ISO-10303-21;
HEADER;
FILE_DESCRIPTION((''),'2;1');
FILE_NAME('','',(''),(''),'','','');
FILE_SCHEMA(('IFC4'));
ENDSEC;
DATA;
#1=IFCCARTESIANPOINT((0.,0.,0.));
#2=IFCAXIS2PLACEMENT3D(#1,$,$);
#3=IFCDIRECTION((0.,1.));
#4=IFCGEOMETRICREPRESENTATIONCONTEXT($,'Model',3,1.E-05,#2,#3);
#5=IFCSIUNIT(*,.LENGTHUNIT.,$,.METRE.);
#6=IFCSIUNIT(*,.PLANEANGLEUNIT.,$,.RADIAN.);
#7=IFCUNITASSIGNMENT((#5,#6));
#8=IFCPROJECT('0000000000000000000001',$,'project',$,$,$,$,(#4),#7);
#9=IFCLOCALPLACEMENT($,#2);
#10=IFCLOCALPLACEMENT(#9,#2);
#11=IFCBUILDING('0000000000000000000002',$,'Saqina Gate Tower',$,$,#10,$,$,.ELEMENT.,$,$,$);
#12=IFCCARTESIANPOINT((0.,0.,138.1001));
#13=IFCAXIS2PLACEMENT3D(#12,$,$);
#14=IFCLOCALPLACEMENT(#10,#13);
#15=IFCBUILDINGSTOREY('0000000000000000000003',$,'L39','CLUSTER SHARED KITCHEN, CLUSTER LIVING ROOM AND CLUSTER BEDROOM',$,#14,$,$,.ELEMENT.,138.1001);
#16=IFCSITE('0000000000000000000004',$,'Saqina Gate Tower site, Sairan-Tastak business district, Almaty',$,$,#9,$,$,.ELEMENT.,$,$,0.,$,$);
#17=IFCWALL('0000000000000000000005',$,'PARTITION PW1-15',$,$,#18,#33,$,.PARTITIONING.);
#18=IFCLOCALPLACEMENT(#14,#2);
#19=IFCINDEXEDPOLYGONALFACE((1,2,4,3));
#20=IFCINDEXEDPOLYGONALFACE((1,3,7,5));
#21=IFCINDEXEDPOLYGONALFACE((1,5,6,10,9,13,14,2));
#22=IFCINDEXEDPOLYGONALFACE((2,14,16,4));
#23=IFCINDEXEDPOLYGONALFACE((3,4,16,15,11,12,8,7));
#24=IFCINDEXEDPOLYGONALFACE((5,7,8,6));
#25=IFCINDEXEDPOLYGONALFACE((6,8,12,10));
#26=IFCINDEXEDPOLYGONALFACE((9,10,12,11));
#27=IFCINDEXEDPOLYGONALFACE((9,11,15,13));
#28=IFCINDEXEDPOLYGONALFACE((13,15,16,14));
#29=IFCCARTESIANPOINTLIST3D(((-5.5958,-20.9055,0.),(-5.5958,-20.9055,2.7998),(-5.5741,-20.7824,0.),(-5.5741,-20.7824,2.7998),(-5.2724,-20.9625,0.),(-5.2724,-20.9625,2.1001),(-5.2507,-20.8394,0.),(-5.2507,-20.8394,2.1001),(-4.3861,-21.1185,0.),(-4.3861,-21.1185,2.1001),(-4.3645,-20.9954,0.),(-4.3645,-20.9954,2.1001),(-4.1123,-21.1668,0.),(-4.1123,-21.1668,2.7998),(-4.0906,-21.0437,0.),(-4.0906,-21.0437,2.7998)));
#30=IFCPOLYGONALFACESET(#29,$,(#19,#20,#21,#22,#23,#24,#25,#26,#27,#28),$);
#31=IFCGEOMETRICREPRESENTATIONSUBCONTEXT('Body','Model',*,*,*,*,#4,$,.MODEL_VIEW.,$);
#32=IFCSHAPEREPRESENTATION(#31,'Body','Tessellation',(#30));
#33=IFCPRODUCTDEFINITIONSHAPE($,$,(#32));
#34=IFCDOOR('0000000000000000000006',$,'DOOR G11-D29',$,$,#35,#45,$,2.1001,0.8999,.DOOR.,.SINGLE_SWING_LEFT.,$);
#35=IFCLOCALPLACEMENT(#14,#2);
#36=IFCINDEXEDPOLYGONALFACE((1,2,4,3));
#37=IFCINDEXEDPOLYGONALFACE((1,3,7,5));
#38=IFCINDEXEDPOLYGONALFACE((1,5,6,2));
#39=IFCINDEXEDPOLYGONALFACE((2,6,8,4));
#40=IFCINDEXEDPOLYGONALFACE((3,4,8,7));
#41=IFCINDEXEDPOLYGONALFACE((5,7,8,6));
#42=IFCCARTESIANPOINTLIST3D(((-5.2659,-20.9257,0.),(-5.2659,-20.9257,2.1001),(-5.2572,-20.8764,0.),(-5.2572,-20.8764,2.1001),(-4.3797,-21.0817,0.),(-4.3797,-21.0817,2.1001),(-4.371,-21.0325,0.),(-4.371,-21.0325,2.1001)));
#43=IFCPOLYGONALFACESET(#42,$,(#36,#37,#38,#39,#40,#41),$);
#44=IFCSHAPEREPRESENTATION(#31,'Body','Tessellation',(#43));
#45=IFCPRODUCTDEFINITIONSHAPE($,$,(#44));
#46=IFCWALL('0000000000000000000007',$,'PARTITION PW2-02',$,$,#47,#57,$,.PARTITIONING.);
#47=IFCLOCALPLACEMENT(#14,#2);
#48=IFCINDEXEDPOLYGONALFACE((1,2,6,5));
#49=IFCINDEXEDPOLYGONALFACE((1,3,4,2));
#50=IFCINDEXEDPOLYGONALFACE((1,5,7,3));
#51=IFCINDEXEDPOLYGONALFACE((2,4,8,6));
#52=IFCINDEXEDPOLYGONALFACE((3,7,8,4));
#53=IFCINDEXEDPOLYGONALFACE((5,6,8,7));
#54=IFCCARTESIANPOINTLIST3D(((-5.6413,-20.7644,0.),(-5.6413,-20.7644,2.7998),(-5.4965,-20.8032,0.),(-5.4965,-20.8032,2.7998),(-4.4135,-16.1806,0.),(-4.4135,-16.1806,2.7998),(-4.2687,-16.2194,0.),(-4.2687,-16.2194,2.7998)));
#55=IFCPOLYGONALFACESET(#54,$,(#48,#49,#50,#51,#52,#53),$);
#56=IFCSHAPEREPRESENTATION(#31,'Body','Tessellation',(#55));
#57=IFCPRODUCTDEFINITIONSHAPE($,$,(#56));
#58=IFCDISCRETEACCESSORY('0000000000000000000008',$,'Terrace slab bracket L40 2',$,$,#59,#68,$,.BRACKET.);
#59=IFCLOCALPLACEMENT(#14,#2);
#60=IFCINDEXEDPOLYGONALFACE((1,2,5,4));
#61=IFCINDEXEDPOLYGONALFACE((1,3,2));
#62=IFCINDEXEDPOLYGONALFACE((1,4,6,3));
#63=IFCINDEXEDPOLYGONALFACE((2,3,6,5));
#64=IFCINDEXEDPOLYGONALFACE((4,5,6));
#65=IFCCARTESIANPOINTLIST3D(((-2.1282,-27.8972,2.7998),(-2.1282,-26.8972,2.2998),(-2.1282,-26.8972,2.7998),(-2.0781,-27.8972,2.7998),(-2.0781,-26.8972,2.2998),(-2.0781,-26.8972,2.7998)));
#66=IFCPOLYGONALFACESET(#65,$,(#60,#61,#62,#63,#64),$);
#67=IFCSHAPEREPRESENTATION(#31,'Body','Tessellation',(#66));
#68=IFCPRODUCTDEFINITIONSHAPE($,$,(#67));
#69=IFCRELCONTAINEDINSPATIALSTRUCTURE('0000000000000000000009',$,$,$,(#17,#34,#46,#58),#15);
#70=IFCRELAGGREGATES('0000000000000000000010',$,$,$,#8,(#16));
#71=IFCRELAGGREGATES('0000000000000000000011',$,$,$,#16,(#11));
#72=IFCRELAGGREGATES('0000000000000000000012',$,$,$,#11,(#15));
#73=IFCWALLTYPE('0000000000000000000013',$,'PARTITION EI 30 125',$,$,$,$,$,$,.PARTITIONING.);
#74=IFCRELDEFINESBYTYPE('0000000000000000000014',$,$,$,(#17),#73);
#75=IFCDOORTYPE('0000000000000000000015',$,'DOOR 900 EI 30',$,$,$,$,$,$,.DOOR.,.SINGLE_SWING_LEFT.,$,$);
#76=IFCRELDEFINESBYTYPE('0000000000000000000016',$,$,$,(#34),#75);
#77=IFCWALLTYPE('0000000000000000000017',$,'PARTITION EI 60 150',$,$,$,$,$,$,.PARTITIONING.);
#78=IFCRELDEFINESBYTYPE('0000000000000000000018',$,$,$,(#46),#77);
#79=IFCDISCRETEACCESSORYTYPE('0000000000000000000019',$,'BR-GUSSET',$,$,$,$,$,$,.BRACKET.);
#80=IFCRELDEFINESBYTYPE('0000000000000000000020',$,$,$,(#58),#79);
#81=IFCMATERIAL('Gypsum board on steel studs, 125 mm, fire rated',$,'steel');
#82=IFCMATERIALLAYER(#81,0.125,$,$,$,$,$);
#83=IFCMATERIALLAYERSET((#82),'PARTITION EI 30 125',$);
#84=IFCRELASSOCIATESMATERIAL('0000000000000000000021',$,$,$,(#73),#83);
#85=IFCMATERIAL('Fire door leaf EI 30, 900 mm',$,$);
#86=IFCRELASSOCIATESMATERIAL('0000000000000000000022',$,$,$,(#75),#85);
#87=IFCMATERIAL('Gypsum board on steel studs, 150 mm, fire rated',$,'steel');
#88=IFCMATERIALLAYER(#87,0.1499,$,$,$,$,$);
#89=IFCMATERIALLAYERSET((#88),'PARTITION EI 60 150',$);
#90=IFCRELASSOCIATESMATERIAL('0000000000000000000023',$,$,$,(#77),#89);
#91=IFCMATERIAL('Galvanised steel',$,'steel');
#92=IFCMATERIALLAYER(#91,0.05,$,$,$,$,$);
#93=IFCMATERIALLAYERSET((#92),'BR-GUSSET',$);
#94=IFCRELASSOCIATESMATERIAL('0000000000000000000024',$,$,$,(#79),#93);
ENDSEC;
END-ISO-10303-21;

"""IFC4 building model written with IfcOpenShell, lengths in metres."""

from ifc_helpers import new_model, si_unit, direction, frame, frame_2d, origin, place, context, subcontext, project, spatial, polyline, rectangle, outline, extrude, material, layer, layer_set, type_object, element, fill, save


model = new_model("IFC4")

# Units and contexts
model_context = context("Model", 3, precision=1e-05, world=origin(), true_north=direction((0.0, 1.0)))
body_context = subcontext(model_context, "Body", "Model", "MODEL_VIEW")
ifc_project = project(units=[si_unit("LENGTHUNIT", "METRE"), si_unit("PLANEANGLEUNIT", "RADIAN")], contexts=[model_context])

# Site, building, storey
site_placement = place(None, origin())
site = spatial("IfcSite", under=ifc_project, at=site_placement, Name="Saqina Gate Tower site, Sairan-Tastak business district, Almaty", CompositionType="ELEMENT", RefElevation=0.0)
building_placement = place(site_placement, origin())
building = spatial("IfcBuilding", under=site, at=building_placement, Name="Saqina Gate Tower", CompositionType="ELEMENT")
storey_placement = place(building_placement, frame((0.0, 0.0, 138.1001)))
storey = spatial("IfcBuildingStorey", under=building, at=storey_placement, Name="L39", Description="CLUSTER SHARED KITCHEN, CLUSTER LIVING ROOM AND CLUSTER BEDROOM", CompositionType="ELEMENT", Elevation=138.1001)

# Wall, opening, door
ifc_material_1 = material(Name="Gypsum board on steel studs, 125 mm, fire rated", Category="steel")
ifc_layer_1 = layer(ifc_material_1, 0.125)
ifc_layer_set_1 = layer_set([ifc_layer_1], Name="PARTITION EI 30 125")
wall_type_1 = type_object("IfcWallType", Name="PARTITION EI 30 125", PredefinedType="PARTITIONING", material=ifc_layer_set_1)
wall_1_placement = place(storey_placement, frame((-5.585, -20.844, 0.0), z_axis=(0.0, 0.0, 1.0), x_axis=(0.98485, -0.173406, 0.0)))
wall_1 = element("IfcWall", 1, at=wall_1_placement, inside=storey, type_object=wall_type_1, Name="PARTITION PW1-15", PredefinedType="PARTITIONING", context=body_context, shape_type="SweptSolid", body=[
    extrude(rectangle(XDim=1.5063, YDim=0.125, at=frame_2d((0.7532, 0.0))), origin(), (0.0, 0.0, 1.0), 2.7998),
])
opening_1_placement = place(wall_1_placement, frame((0.3284, 0.0, 0.0)))
opening_1 = element("IfcOpeningElement", 2, at=opening_1_placement, cuts=wall_1, PredefinedType="OPENING", context=body_context, shape_type="SweptSolid", body=[
    extrude(rectangle(XDim=0.8999, YDim=2.1001, at=frame_2d((0.45, 1.05))), frame((0.0, 0.0745, 0.0), z_axis=(0.0, -1.0, 0.0), x_axis=(1.0, 0.0, 0.0)), (0.0, 0.0, 1.0), 0.1489),
])
ifc_material_2 = material(Name="Fire door leaf EI 30, 900 mm")
door_type_1 = type_object("IfcDoorType", Name="DOOR 900 EI 30", OperationType="SINGLE_SWING_LEFT", PredefinedType="DOOR", material=ifc_material_2)
door_1_placement = place(opening_1_placement, origin())
door_1 = element("IfcDoor", 3, at=door_1_placement, inside=storey, type_object=door_type_1, Name="DOOR G11-D29", OperationType="SINGLE_SWING_LEFT", OverallHeight=2.1001, OverallWidth=0.8999, PredefinedType="DOOR", context=body_context, shape_type="SweptSolid", body=[
    extrude(rectangle(XDim=0.8999, YDim=2.1001, at=frame_2d((0.45, 1.05))), frame((0.0, 0.0249, 0.0), z_axis=(0.0, -1.0, 0.0), x_axis=(1.0, 0.0, 0.0)), (0.0, 0.0, 1.0), 0.05),
])
fill(opening_1, door_1)

# Wall
ifc_material_3 = material(Name="Gypsum board on steel studs, 150 mm, fire rated", Category="steel")
ifc_layer_2 = layer(ifc_material_3, 0.1499)
ifc_layer_set_2 = layer_set([ifc_layer_2], Name="PARTITION EI 60 150")
wall_type_2 = type_object("IfcWallType", Name="PARTITION EI 60 150", PredefinedType="PARTITIONING", material=ifc_layer_set_2)
wall_2_placement = place(storey_placement, frame((-5.5688, -20.7837, 0.0), z_axis=(0.0, 0.0, 1.0), x_axis=(0.258735, 0.965948, 0.0)))
element("IfcWall", 4, at=wall_2_placement, inside=storey, type_object=wall_type_2, Name="PARTITION PW2-02", PredefinedType="PARTITIONING", context=body_context, shape_type="SweptSolid", body=[
    extrude(rectangle(XDim=4.7454, YDim=0.1499, at=frame_2d((2.3726, 0.0))), origin(), (0.0, 0.0, 1.0), 2.7998),
])

# Discrete accessory
ifc_material_4 = material(Name="Galvanised steel", Category="steel")
ifc_layer_3 = layer(ifc_material_4, 0.05)
ifc_layer_set_3 = layer_set([ifc_layer_3], Name="BR-GUSSET")
discrete_accessory_type = type_object("IfcDiscreteAccessoryType", Name="BR-GUSSET", PredefinedType="BRACKET", material=ifc_layer_set_3)
discrete_accessory_placement = place(storey_placement, frame((-2.0781, -26.8972, 2.2998), z_axis=(1.0, 0.0, 0.0), x_axis=(0.0, 0.0, 1.0)))
element("IfcDiscreteAccessory", 5, at=discrete_accessory_placement, inside=storey, type_object=discrete_accessory_type, Name="Terrace slab bracket L40 2", PredefinedType="BRACKET", context=body_context, shape_type="SweptSolid", body=[
    extrude(outline(polyline([(0.0, 0.0), (0.5, 0.0), (0.5, 1.0), (0.0, 0.0)])), origin(), (0.0, 0.0, -1.0), 0.05),
])

save(model, "model.ifc")
